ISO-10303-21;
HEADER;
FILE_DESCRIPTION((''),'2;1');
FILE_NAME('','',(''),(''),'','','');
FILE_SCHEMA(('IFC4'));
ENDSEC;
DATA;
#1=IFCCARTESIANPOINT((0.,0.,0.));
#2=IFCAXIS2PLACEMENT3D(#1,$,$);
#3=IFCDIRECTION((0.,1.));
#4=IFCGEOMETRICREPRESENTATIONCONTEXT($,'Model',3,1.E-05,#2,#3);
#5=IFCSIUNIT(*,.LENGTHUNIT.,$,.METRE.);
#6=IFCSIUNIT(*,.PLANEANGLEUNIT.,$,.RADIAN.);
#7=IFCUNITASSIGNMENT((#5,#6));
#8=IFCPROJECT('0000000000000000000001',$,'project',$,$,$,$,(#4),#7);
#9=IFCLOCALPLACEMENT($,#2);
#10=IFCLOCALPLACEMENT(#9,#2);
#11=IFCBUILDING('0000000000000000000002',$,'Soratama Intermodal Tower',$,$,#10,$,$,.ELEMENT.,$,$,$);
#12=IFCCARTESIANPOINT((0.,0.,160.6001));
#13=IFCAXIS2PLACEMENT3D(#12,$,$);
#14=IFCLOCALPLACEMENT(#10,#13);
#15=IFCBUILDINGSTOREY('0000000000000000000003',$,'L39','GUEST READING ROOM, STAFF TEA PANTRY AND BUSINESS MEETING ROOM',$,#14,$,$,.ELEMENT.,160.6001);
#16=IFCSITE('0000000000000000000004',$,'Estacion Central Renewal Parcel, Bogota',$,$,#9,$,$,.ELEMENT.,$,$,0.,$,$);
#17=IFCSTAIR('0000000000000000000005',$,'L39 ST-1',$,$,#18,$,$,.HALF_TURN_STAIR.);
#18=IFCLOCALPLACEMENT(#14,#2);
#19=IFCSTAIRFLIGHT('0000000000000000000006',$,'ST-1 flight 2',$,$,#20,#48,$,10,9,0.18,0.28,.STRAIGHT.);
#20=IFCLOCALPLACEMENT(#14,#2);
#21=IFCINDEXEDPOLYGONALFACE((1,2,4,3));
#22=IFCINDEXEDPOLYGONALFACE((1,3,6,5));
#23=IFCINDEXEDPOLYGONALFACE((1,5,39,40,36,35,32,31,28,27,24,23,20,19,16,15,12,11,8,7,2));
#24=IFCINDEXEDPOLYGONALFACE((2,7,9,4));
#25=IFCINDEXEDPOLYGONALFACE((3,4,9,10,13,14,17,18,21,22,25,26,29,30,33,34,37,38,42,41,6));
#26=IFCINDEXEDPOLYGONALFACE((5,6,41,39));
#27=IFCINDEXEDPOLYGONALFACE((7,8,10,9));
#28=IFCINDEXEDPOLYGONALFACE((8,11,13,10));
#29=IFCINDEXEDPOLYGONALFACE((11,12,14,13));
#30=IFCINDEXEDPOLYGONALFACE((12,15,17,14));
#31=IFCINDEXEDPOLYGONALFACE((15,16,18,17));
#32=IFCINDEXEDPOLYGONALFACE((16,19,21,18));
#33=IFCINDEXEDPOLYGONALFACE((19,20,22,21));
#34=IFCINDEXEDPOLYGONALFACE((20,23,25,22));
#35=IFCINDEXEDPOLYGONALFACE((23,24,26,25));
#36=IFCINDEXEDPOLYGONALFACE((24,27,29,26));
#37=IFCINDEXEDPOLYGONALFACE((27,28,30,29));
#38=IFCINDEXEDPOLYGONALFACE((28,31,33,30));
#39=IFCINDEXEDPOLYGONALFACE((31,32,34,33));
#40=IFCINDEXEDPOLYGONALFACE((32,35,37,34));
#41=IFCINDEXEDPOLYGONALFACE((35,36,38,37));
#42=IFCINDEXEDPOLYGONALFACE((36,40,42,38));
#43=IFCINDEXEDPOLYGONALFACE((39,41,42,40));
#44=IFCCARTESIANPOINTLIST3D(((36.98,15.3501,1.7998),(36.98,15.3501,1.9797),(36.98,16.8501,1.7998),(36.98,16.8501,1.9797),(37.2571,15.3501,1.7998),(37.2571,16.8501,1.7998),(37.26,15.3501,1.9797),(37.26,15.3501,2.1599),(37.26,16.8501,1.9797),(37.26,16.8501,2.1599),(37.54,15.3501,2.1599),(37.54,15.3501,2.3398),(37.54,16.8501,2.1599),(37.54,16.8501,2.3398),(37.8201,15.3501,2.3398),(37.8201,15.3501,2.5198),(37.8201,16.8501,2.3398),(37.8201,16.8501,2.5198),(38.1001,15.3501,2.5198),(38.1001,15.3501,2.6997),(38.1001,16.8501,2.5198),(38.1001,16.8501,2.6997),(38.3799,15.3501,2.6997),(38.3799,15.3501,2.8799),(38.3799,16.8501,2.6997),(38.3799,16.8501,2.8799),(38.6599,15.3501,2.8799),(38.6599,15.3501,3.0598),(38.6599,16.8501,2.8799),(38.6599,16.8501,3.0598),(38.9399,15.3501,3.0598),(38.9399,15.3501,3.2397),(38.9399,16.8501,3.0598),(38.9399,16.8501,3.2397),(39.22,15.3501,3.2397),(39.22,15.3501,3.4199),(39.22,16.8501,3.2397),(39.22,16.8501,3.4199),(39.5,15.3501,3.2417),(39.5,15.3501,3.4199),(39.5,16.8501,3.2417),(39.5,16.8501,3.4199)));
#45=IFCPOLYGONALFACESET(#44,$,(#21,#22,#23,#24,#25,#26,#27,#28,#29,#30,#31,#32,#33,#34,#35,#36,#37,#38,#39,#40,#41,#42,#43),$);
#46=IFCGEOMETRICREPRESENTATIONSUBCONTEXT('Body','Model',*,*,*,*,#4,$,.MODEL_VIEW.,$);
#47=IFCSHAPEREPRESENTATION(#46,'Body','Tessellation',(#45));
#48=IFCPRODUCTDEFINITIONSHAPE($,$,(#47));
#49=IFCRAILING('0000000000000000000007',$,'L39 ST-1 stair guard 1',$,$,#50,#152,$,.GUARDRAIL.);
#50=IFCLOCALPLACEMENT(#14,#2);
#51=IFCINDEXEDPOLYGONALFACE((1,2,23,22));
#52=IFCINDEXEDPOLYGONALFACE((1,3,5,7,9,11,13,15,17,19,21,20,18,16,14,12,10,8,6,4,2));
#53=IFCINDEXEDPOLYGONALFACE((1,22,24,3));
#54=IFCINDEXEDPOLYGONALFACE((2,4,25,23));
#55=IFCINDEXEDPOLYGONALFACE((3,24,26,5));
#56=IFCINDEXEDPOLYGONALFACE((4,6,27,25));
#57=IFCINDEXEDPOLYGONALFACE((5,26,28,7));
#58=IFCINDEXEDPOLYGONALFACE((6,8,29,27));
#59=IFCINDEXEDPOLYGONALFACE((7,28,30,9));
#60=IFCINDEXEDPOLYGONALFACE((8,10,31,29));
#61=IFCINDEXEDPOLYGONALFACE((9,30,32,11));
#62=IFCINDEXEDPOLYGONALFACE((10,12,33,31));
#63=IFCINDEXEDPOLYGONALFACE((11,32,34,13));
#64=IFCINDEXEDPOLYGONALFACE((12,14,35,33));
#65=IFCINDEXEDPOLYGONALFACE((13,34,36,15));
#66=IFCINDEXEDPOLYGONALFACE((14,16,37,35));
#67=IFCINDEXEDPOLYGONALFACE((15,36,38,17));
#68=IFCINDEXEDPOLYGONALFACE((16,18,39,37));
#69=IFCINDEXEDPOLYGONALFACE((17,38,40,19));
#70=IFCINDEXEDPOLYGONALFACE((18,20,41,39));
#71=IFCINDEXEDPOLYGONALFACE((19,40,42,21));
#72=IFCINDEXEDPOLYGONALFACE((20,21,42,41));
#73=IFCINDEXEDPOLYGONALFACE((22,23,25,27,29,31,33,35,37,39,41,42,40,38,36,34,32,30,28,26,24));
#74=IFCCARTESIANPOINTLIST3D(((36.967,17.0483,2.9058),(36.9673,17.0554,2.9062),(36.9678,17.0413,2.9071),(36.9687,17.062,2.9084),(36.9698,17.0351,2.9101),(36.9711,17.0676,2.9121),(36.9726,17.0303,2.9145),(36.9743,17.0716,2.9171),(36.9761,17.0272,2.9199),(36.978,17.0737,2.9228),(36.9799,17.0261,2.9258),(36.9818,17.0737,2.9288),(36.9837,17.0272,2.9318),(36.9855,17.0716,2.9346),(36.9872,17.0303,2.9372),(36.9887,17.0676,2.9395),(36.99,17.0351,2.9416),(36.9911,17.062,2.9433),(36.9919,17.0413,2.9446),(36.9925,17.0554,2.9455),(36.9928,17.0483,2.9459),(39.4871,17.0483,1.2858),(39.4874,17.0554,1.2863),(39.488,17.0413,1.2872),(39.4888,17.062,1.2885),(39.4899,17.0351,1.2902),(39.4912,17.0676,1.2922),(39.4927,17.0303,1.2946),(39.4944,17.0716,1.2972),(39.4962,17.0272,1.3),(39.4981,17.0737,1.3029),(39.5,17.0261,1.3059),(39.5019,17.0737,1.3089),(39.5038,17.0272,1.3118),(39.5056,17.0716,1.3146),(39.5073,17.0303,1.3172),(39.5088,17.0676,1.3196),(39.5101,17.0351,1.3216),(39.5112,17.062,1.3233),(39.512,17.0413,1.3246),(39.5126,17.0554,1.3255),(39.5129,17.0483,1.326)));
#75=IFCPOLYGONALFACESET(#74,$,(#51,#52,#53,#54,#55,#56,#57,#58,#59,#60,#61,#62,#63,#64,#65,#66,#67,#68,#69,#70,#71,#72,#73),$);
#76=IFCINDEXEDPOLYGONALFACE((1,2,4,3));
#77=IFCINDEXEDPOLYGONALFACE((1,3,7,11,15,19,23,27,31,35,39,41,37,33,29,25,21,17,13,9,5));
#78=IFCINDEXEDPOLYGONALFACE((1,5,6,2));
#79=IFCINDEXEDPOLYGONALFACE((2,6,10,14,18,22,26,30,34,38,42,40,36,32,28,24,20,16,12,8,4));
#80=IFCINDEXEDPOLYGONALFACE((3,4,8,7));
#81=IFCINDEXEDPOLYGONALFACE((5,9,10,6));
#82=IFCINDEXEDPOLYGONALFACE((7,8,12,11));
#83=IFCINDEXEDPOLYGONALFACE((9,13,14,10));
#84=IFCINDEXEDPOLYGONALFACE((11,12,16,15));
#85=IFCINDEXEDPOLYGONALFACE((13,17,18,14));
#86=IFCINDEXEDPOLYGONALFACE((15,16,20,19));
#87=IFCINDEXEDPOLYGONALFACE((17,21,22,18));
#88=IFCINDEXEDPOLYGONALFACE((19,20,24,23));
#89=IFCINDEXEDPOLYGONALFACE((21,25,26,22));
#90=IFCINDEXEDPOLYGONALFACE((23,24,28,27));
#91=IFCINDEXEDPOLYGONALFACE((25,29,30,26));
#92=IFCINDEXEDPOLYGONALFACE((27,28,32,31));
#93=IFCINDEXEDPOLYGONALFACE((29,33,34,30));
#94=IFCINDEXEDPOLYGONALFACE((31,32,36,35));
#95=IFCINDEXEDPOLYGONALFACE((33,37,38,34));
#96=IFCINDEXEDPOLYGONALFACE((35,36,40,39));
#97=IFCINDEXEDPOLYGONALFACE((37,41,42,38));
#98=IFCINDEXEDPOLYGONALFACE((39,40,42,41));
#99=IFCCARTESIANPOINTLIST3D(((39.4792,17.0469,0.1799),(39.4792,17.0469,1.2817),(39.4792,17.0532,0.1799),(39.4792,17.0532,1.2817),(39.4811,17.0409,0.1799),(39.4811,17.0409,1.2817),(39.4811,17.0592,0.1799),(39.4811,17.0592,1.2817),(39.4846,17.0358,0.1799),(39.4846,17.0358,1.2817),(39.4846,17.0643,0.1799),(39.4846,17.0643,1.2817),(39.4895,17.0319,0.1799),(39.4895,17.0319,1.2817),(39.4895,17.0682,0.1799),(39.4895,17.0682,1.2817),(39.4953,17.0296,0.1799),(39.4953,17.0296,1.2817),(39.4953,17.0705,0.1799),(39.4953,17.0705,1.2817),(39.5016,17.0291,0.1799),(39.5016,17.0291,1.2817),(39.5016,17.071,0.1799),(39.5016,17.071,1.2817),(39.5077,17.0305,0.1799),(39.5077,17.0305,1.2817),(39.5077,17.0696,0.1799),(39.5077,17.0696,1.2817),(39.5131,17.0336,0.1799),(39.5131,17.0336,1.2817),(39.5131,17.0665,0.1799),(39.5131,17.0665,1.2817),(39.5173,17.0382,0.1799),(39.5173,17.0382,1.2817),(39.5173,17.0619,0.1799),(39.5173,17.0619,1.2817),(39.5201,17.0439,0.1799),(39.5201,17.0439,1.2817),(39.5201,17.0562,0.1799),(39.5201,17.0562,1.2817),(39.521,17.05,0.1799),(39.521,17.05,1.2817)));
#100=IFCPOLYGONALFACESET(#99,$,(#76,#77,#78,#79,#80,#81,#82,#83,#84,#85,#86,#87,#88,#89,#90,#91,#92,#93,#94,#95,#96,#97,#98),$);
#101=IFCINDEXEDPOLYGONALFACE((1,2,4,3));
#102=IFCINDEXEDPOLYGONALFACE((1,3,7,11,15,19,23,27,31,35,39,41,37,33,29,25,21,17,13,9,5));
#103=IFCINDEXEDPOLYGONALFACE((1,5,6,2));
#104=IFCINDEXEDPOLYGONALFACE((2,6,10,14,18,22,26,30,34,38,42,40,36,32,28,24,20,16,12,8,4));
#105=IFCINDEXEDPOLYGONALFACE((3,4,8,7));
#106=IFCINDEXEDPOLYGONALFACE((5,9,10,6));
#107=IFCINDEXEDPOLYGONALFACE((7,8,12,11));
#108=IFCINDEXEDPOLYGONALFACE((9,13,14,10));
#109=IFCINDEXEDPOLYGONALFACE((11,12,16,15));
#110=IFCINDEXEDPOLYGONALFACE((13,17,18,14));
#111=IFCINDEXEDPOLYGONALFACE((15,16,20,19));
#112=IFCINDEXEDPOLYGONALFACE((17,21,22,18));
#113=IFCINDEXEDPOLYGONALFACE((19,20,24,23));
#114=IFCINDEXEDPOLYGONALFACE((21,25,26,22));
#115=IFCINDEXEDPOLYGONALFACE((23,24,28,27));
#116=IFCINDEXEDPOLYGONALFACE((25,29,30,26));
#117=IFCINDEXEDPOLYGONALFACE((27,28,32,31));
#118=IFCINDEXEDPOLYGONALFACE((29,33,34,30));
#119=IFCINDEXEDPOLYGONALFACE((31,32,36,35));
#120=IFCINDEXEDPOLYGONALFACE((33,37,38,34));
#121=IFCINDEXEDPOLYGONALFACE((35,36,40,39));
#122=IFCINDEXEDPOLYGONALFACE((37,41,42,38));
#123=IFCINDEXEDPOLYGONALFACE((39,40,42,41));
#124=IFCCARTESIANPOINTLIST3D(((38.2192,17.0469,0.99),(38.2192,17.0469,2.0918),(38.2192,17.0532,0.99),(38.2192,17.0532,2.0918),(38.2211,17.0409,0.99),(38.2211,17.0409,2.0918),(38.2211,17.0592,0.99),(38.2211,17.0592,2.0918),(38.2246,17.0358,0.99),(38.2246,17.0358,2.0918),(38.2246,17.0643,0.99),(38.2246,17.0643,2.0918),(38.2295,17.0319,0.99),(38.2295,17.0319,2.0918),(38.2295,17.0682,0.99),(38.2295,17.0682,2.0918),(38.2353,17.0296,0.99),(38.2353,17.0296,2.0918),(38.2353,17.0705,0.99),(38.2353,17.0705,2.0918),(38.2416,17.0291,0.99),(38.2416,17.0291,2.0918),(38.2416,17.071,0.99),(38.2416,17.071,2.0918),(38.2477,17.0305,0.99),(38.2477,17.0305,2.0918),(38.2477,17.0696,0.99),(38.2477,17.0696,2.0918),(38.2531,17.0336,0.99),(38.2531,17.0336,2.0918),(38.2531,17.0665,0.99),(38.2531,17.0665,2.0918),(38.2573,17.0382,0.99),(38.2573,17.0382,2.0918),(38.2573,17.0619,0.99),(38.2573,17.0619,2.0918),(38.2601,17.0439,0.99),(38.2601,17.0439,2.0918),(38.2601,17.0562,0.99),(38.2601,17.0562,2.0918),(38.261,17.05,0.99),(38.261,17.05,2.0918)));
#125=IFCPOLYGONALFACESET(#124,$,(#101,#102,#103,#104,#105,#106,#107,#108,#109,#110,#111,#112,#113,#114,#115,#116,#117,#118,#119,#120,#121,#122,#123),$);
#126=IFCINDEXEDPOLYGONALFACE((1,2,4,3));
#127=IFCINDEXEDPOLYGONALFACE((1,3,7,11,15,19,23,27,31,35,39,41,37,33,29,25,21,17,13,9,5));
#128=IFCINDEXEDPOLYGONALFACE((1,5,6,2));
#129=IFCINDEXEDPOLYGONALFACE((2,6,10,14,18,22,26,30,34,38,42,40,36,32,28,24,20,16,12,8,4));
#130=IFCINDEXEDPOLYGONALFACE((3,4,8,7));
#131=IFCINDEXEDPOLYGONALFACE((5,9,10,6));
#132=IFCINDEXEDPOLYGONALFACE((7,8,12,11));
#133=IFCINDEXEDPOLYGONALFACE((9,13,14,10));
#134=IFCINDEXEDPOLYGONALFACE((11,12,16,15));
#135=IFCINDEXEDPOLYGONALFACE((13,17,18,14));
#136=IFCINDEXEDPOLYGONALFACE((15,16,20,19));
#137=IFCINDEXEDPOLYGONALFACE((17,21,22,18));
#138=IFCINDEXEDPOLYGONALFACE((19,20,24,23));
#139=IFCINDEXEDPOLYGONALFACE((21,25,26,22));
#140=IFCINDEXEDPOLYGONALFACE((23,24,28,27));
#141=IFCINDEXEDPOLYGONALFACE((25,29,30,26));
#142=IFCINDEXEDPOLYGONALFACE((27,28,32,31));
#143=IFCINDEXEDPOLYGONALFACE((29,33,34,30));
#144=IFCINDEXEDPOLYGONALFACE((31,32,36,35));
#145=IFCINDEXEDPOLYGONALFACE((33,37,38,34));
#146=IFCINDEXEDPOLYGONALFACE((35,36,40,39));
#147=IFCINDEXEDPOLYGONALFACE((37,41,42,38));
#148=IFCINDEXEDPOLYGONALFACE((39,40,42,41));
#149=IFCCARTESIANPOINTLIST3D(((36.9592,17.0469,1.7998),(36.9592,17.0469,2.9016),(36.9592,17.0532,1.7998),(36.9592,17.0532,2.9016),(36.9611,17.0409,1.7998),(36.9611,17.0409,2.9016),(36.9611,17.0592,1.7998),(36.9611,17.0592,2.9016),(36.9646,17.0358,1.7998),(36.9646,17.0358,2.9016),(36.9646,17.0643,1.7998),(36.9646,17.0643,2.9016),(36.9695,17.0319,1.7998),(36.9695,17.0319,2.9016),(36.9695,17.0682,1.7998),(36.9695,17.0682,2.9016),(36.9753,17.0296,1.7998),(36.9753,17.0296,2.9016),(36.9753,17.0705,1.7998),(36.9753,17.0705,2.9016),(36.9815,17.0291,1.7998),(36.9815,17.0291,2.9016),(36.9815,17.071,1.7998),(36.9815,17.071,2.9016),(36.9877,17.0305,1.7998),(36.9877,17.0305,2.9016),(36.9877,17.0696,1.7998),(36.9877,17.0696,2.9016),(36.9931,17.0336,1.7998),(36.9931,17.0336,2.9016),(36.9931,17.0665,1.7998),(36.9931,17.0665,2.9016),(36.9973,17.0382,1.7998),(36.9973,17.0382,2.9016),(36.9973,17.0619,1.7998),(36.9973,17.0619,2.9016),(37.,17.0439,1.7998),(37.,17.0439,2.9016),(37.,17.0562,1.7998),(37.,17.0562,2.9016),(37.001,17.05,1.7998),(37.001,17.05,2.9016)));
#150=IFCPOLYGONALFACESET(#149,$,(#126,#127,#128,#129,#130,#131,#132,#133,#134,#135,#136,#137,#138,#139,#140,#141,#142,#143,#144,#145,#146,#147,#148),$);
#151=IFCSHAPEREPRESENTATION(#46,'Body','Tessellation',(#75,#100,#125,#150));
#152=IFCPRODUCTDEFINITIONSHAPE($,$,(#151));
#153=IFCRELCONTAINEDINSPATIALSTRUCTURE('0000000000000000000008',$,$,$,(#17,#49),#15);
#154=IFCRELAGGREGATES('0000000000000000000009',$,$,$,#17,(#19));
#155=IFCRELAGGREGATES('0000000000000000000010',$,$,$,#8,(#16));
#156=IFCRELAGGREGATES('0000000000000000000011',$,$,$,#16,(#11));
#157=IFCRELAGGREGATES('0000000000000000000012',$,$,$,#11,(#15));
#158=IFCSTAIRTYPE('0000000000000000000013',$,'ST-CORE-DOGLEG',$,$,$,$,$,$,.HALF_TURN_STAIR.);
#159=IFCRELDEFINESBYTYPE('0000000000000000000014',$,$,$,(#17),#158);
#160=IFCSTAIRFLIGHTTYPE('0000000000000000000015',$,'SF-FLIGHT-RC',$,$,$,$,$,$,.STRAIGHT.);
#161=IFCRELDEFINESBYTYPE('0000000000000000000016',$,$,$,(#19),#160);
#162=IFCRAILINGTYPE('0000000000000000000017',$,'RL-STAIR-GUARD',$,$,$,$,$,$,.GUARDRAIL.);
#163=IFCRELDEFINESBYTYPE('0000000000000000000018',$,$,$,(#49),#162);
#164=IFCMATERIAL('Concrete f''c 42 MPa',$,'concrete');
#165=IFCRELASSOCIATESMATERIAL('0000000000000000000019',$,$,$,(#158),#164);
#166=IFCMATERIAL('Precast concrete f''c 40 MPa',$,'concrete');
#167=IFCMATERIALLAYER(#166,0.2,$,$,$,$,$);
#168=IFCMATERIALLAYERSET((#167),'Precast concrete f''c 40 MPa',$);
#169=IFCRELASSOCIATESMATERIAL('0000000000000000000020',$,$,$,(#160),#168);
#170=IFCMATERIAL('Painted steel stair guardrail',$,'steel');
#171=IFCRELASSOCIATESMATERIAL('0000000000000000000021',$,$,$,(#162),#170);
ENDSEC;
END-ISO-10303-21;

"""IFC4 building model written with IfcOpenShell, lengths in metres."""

from ifc_helpers import new_model, si_unit, direction, frame, origin, origin_2d, place, context, subcontext, project, spatial, polyline, circle, outline, extrude, material, layer, layer_set, type_object, element, aggregate, save


model = new_model("IFC4")

# Units and contexts
model_context = context("Model", 3, precision=1e-05, world=origin(), true_north=direction((0.0, 1.0)))
body_context = subcontext(model_context, "Body", "Model", "MODEL_VIEW")
ifc_project = project(units=[si_unit("LENGTHUNIT", "METRE"), si_unit("PLANEANGLEUNIT", "RADIAN")], contexts=[model_context])

# Site, building, storey
site_placement = place(None, origin())
site = spatial("IfcSite", under=ifc_project, at=site_placement, Name="Estacion Central Renewal Parcel, Bogota", CompositionType="ELEMENT", RefElevation=0.0)
building_placement = place(site_placement, origin())
building = spatial("IfcBuilding", under=site, at=building_placement, Name="Soratama Intermodal Tower", CompositionType="ELEMENT")
storey_placement = place(building_placement, frame((0.0, 0.0, 160.6001)))
storey = spatial("IfcBuildingStorey", under=building, at=storey_placement, Name="L39", Description="GUEST READING ROOM, STAFF TEA PANTRY AND BUSINESS MEETING ROOM", CompositionType="ELEMENT", Elevation=160.6001)

# Stair, stair flight
ifc_material_1 = material(Name="Concrete f'c 42 MPa", Category="concrete")
stair_type = type_object("IfcStairType", Name="ST-CORE-DOGLEG", PredefinedType="HALF_TURN_STAIR", material=ifc_material_1)
stair_placement = place(storey_placement, origin())
stair = element("IfcStair", 1, at=stair_placement, inside=storey, type_object=stair_type, Name="L39 ST-1", PredefinedType="HALF_TURN_STAIR")
ifc_material_2 = material(Name="Precast concrete f'c 40 MPa", Category="concrete")
ifc_layer_1 = layer(ifc_material_2, 0.2)
ifc_layer_set_1 = layer_set([ifc_layer_1], Name="Precast concrete f'c 40 MPa")
stair_flight_type = type_object("IfcStairFlightType", Name="SF-FLIGHT-RC", PredefinedType="STRAIGHT", material=ifc_layer_set_1)
stair_flight_1_placement = place(storey_placement, frame((36.98, 16.1001, 1.7998), z_axis=(0.0, 0.0, 1.0), x_axis=(1.0, 0.0, 0.0)))
stair_flight_1 = element("IfcStairFlight", 2, at=stair_flight_1_placement, type_object=stair_flight_type, Name="ST-1 flight 2", NumberOfRisers=10, NumberOfTreads=9, PredefinedType="STRAIGHT", RiserHeight=0.18, TreadLength=0.28, context=body_context, shape_type="SweptSolid", body=[
    extrude(outline(polyline([(0.0, 0.0), (0.0, 0.1799), (0.28, 0.1799), (0.28, 0.3601), (0.5601, 0.3601), (0.5601, 0.54), (0.8401, 0.54), (0.8401, 0.72), (1.1201, 0.72), (1.1201, 0.8999), (1.3999, 0.8999), (1.3999, 1.0801), (1.6799, 1.0801), (1.6799, 1.26), (1.96, 1.26), (1.96, 1.4399), (2.24, 1.4399), (2.24, 1.6201), (2.52, 1.6201), (2.52, 1.8), (2.52, 1.4419), (0.2771, 0.0), (0.0, 0.0)])), frame((0.0, 0.75, 0.0), z_axis=(0.0, -1.0, 0.0), x_axis=(1.0, 0.0, 0.0)), (0.0, 0.0, 1.0), 1.5),
])
aggregate(stair, [stair_flight_1])

# Railing
ifc_material_3 = material(Name="Painted steel stair guardrail", Category="steel")
railing_type_1 = type_object("IfcRailingType", Name="RL-STAIR-GUARD", PredefinedType="GUARDRAIL", material=ifc_material_3)
railing_1_placement = place(storey_placement, frame((39.5, 17.05, 0.1799)))
element("IfcRailing", 3, at=railing_1_placement, inside=storey, type_object=railing_type_1, Name="L39 ST-1 stair guard 1", PredefinedType="GUARDRAIL", context=body_context, shape_type="SweptSolid", body=[
    extrude(circle(Radius=0.0239, at=origin_2d()), frame((0.0, 0.0, 1.126), z_axis=(-0.8412, 0.0, 0.540725), x_axis=(0.0, -1.0, 0.0)), (0.0, 0.0, 1.0), 2.9958),
    extrude(circle(Radius=0.021, at=origin_2d()), origin(), (0.0, 0.0, 1.0), 1.1018),
    extrude(circle(Radius=0.021, at=origin_2d()), frame((-1.26, 0.0, 0.8101)), (0.0, 0.0, 1.0), 1.1018),
    extrude(circle(Radius=0.021, at=origin_2d()), frame((-2.52, 0.0, 1.6199)), (0.0, 0.0, 1.0), 1.1018),
])

save(model, "model.ifc")
